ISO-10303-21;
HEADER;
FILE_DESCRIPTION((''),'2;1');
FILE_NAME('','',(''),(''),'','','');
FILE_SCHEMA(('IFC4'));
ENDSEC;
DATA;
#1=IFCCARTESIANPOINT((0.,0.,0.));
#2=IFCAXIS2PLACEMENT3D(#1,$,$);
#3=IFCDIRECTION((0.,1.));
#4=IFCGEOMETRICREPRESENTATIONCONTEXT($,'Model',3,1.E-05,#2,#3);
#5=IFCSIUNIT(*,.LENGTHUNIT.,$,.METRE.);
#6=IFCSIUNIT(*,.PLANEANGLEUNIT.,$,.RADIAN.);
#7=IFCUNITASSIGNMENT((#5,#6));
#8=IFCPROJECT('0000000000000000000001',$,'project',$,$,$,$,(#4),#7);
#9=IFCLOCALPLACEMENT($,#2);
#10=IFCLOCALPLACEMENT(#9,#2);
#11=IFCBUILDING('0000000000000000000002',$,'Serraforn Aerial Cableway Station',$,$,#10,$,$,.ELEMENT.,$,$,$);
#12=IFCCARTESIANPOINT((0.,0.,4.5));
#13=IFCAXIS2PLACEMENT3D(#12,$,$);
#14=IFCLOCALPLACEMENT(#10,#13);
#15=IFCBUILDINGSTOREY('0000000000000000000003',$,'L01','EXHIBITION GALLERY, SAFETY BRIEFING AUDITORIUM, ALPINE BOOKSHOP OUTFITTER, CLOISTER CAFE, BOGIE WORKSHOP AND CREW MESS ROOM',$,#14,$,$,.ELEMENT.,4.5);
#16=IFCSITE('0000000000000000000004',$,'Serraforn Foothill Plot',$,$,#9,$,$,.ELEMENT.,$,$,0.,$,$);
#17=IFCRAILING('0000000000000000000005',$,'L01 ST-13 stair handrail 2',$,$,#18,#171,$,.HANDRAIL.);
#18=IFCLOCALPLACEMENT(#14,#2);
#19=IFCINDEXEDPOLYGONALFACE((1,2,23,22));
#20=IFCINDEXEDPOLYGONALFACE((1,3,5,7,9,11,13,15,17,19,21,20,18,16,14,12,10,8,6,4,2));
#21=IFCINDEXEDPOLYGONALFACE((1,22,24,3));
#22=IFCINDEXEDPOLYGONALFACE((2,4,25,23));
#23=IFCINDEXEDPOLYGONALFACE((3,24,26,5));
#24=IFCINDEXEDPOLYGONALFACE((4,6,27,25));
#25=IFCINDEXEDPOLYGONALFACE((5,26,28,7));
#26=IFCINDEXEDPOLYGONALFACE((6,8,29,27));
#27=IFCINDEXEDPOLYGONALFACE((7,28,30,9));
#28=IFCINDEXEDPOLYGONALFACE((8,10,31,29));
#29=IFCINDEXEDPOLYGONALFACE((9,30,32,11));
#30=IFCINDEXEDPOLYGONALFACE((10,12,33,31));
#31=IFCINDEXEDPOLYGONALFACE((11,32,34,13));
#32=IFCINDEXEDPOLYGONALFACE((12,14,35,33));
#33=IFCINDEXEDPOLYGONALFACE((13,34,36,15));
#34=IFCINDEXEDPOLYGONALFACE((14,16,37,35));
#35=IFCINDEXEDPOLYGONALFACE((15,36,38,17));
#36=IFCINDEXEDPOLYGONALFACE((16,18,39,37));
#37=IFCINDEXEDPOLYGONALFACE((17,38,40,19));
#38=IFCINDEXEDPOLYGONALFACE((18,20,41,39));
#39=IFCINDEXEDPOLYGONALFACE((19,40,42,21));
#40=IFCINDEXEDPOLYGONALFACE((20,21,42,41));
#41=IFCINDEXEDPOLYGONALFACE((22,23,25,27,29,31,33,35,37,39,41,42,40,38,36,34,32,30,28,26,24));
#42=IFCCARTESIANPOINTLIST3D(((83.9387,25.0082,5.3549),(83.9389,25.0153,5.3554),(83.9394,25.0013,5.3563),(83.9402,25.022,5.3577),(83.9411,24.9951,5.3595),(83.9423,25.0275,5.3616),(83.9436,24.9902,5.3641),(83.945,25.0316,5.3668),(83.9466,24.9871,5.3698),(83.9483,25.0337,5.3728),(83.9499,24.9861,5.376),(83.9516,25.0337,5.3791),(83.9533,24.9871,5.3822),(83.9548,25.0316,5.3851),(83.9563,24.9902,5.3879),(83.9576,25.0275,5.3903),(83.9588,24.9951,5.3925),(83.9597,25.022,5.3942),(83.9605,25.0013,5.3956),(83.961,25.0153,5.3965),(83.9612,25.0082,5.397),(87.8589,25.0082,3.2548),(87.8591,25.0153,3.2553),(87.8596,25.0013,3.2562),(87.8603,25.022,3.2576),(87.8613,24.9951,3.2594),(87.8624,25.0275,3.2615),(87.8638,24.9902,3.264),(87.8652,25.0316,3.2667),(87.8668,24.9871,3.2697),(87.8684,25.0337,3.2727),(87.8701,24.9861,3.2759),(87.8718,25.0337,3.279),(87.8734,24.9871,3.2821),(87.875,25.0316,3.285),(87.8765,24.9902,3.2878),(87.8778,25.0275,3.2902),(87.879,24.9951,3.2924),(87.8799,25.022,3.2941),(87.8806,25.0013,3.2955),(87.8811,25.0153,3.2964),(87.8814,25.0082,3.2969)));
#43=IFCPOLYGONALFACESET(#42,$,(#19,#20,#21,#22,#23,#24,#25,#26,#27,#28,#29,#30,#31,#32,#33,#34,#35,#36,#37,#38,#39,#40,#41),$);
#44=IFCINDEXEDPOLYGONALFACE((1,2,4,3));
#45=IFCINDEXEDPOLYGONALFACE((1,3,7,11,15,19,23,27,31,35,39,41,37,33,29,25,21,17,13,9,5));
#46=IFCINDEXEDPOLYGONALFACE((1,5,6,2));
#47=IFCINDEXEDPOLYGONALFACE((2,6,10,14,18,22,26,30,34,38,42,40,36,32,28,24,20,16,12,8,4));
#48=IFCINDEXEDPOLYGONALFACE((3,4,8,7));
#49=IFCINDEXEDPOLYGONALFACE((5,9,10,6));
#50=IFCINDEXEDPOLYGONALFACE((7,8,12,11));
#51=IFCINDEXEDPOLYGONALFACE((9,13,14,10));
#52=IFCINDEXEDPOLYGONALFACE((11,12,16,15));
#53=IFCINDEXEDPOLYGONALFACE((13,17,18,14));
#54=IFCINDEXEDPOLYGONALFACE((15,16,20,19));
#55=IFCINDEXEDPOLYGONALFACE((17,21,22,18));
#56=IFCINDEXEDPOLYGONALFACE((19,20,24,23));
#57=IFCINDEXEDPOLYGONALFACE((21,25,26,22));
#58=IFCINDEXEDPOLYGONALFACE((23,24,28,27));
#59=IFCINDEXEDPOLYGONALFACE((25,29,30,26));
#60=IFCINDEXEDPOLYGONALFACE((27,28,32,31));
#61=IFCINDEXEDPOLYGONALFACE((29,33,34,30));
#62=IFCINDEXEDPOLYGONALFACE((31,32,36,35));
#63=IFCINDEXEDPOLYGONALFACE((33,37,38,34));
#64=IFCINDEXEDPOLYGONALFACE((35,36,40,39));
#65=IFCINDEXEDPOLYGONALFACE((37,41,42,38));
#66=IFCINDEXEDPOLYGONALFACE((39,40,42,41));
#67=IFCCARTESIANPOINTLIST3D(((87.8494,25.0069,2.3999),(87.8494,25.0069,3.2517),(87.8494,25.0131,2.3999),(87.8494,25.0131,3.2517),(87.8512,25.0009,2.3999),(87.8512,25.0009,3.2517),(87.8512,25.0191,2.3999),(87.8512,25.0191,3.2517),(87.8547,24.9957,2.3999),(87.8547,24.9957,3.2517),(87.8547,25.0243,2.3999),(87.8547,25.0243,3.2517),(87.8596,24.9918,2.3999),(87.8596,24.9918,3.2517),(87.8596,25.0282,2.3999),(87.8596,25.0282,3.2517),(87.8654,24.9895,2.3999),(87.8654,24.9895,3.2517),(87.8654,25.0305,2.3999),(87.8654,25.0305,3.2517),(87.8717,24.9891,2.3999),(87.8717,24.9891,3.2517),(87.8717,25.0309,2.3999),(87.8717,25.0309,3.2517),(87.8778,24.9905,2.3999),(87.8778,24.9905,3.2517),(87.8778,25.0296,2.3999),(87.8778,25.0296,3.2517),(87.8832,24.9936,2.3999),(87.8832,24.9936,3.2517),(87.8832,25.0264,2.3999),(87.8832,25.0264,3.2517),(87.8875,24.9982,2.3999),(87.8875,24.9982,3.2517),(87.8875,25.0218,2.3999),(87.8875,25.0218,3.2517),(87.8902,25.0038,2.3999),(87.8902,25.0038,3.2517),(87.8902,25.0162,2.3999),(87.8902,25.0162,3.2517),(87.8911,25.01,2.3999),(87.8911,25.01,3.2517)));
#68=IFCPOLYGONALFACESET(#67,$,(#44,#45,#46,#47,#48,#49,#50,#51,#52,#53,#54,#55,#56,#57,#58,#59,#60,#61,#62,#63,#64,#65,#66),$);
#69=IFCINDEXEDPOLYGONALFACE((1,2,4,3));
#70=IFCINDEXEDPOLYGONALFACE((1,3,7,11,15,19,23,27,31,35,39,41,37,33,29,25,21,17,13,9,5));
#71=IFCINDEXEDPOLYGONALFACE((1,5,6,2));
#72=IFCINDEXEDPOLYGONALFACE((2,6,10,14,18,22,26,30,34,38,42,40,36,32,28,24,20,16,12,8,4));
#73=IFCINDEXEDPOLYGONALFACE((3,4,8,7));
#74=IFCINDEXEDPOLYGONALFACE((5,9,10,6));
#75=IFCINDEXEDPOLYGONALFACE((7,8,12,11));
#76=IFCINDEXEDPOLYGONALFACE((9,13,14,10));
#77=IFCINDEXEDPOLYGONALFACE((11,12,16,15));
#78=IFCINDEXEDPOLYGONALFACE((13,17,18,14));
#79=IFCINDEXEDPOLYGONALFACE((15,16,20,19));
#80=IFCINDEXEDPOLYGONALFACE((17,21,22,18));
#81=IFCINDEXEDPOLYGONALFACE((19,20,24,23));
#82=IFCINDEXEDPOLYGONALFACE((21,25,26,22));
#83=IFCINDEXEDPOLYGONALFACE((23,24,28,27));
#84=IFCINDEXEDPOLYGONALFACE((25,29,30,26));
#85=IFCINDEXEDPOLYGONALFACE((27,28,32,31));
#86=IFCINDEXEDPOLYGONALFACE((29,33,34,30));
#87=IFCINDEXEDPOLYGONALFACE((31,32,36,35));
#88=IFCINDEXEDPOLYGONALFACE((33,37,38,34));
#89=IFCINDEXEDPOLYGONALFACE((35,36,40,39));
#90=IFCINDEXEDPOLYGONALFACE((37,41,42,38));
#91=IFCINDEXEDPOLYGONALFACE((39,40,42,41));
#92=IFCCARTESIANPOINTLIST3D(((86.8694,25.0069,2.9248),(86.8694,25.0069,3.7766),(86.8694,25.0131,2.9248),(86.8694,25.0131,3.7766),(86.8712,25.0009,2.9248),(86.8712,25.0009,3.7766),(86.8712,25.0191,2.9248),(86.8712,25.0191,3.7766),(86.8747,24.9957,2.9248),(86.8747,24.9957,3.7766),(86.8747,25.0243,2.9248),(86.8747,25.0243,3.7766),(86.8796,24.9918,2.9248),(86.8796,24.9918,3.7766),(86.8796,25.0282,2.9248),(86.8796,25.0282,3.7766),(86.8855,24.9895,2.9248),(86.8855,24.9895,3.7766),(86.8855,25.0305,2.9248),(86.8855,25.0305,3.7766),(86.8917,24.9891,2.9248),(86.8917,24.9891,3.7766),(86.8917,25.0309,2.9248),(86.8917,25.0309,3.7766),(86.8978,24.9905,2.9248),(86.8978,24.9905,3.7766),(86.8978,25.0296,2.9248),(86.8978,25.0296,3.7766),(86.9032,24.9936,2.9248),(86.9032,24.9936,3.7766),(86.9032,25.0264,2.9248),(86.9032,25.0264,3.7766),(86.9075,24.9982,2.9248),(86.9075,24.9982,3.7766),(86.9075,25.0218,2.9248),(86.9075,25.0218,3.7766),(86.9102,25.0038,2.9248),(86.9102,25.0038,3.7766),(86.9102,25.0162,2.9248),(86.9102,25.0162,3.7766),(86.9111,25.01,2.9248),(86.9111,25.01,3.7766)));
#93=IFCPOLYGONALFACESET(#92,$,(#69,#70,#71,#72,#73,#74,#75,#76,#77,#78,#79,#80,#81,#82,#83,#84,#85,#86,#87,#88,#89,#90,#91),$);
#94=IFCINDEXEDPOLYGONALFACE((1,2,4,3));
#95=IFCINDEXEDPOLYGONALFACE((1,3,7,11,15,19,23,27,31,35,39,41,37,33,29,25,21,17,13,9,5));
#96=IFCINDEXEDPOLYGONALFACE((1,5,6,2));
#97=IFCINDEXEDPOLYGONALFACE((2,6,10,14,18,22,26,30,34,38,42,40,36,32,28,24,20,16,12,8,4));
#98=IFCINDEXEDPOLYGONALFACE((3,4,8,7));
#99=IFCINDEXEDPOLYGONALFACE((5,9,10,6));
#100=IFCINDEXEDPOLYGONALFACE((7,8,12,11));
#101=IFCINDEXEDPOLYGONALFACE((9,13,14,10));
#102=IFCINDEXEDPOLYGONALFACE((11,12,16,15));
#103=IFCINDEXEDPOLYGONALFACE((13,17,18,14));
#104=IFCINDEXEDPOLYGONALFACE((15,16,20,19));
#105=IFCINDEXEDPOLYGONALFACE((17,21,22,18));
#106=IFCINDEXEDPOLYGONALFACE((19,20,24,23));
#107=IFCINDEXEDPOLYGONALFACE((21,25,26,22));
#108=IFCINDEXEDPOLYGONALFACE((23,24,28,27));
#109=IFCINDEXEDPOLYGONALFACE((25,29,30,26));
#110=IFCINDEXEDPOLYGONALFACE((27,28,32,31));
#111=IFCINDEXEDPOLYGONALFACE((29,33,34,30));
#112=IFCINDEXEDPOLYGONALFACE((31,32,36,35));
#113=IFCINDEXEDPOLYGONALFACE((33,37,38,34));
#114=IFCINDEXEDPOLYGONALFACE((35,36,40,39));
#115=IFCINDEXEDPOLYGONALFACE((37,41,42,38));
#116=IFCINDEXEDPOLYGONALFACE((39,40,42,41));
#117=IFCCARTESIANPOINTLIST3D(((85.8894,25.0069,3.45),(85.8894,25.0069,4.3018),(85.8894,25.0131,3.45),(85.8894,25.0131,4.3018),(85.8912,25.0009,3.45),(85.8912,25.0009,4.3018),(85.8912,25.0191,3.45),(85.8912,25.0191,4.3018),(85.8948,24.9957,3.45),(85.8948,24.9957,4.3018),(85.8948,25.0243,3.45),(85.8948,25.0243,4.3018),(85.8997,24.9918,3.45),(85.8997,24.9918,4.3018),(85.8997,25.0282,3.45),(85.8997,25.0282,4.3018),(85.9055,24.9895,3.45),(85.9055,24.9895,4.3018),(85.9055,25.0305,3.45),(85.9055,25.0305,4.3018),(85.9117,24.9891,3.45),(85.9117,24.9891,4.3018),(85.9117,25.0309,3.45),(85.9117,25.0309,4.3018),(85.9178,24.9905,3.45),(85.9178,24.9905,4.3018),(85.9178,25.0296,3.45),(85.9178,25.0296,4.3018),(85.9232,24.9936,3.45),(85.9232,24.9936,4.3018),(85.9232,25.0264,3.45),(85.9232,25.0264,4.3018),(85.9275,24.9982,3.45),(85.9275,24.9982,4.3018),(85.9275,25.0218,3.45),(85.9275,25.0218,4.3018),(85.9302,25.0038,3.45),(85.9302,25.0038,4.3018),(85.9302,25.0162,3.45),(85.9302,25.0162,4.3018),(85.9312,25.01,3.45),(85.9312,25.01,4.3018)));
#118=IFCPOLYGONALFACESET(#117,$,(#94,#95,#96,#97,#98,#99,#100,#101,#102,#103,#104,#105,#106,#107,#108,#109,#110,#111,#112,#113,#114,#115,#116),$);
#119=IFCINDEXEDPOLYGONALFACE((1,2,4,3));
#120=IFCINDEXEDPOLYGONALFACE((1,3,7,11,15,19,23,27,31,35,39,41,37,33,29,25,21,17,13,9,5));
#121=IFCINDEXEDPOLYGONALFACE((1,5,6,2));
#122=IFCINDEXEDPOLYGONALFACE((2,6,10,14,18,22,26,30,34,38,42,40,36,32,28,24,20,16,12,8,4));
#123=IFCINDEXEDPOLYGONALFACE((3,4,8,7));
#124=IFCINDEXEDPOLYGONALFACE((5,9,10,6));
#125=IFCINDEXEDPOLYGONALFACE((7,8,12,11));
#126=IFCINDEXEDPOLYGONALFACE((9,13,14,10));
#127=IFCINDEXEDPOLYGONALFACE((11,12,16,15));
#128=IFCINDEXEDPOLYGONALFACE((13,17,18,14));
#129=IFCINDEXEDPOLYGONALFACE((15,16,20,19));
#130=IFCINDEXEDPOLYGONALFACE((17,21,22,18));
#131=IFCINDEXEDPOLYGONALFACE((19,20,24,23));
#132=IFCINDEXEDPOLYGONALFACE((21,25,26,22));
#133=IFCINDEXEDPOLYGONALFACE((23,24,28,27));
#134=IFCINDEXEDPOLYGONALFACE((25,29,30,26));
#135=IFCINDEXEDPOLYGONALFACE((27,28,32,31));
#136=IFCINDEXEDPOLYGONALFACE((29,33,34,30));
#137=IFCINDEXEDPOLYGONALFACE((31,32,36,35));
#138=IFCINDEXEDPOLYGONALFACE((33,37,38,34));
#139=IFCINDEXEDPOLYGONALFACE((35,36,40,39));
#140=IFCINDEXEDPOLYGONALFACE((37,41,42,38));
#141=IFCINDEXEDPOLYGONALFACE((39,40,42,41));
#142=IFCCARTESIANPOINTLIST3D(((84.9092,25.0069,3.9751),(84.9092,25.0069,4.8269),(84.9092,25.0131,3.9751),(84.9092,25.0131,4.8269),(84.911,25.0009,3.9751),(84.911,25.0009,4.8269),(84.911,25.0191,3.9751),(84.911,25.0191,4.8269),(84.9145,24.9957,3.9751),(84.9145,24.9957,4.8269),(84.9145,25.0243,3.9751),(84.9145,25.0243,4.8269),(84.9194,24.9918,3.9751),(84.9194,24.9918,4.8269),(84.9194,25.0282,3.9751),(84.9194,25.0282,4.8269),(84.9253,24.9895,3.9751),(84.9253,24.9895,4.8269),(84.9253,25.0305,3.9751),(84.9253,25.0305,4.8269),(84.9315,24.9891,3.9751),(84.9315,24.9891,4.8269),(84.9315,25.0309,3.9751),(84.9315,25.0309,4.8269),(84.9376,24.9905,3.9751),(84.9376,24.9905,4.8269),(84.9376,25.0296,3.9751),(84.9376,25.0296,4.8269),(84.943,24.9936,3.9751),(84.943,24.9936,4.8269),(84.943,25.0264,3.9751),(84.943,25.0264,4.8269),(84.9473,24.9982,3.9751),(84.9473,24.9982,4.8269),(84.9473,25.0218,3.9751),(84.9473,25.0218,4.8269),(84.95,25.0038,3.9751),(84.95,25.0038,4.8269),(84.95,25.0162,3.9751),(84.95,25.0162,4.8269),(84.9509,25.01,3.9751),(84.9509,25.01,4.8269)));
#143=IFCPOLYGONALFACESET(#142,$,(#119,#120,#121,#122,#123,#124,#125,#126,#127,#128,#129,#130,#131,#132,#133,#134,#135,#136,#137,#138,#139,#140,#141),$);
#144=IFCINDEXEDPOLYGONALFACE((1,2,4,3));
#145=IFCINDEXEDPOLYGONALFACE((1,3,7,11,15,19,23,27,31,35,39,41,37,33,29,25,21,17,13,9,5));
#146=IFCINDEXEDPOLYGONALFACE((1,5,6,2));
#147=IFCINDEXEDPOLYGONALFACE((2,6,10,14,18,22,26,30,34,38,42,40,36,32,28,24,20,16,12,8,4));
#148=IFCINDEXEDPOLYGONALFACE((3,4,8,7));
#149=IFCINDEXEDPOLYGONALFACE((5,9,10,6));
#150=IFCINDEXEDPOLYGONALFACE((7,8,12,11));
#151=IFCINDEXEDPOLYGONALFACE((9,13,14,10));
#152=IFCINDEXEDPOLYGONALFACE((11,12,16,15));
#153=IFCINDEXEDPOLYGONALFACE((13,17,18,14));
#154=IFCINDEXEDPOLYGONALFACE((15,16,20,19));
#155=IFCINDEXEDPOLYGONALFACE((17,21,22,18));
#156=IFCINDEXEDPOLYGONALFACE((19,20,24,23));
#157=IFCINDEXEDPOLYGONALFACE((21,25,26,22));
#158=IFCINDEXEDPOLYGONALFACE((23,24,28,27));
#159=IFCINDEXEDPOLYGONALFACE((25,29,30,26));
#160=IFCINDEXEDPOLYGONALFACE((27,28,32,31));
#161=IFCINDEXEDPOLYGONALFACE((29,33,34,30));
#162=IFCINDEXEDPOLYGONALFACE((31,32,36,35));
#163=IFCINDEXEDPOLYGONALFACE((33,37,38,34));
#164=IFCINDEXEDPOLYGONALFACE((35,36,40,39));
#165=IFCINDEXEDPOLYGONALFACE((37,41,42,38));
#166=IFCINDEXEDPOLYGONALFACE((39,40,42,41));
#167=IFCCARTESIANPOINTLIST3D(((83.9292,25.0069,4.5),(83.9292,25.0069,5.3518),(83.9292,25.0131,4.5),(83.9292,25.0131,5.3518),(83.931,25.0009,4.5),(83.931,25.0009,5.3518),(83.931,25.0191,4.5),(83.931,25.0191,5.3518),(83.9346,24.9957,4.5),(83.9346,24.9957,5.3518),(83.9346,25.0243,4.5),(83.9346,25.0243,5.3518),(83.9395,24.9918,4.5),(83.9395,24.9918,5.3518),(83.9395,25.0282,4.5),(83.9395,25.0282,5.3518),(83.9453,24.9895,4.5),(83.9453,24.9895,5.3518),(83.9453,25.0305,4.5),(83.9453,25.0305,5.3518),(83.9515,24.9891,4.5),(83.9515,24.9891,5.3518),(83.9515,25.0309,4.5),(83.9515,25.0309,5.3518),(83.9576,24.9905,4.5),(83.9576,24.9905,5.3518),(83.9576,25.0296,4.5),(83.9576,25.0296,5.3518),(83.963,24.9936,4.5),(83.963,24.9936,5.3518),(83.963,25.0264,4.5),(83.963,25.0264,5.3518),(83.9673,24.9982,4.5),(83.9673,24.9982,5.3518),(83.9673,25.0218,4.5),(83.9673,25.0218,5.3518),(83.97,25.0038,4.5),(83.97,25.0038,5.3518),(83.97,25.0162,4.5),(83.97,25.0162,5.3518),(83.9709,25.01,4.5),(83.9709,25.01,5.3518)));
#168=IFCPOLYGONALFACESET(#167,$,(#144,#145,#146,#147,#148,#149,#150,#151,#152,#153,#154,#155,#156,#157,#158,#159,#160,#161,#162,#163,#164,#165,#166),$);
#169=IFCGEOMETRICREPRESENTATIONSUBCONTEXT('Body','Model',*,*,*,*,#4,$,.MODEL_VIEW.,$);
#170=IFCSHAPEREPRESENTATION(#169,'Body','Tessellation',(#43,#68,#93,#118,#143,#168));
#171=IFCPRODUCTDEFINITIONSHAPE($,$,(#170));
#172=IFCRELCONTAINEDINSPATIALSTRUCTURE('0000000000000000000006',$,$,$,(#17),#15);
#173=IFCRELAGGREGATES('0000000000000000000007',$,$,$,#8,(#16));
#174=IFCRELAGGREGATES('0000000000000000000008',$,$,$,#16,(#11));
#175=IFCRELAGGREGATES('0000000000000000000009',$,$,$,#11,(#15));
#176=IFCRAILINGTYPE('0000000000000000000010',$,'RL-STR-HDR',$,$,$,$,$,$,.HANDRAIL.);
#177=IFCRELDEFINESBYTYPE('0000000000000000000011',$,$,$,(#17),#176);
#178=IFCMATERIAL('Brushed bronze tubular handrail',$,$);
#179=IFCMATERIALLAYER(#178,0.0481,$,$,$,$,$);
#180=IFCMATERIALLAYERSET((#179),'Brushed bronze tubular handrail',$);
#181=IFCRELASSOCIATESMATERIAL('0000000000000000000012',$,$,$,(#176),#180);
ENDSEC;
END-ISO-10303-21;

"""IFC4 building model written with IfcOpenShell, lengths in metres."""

from ifc_helpers import new_model, si_unit, direction, frame, origin, origin_2d, place, context, subcontext, project, spatial, circle, extrude, material, layer, layer_set, type_object, element, save


model = new_model("IFC4")

# Units and contexts
model_context = context("Model", 3, precision=1e-05, world=origin(), true_north=direction((0.0, 1.0)))
body_context = subcontext(model_context, "Body", "Model", "MODEL_VIEW")
ifc_project = project(units=[si_unit("LENGTHUNIT", "METRE"), si_unit("PLANEANGLEUNIT", "RADIAN")], contexts=[model_context])

# Site, building, storey
site_placement = place(None, origin())
site = spatial("IfcSite", under=ifc_project, at=site_placement, Name="Serraforn Foothill Plot", CompositionType="ELEMENT", RefElevation=0.0)
building_placement = place(site_placement, origin())
building = spatial("IfcBuilding", under=site, at=building_placement, Name="Serraforn Aerial Cableway Station", CompositionType="ELEMENT")
storey_placement = place(building_placement, frame((0.0, 0.0, 4.5)))
storey = spatial("IfcBuildingStorey", under=building, at=storey_placement, Name="L01", Description="EXHIBITION GALLERY, SAFETY BRIEFING AUDITORIUM, ALPINE BOOKSHOP OUTFITTER, CLOISTER CAFE, BOGIE WORKSHOP AND CREW MESS ROOM", CompositionType="ELEMENT", Elevation=4.5)

# Railing
ifc_material_1 = material(Name="Brushed bronze tubular handrail")
ifc_layer_1 = layer(ifc_material_1, 0.0481)
ifc_layer_set_1 = layer_set([ifc_layer_1], Name="Brushed bronze tubular handrail")
railing_type_1 = type_object("IfcRailingType", Name="RL-STR-HDR", PredefinedType="HANDRAIL", material=ifc_layer_set_1)
railing_1_placement = place(storey_placement, frame((87.8701, 25.01, 2.3999)))
element("IfcRailing", 1, at=railing_1_placement, inside=storey, type_object=railing_type_1, Name="L01 ST-13 stair handrail 2", PredefinedType="HANDRAIL", context=body_context, shape_type="SweptSolid", body=[
    extrude(circle(Radius=0.0239, at=origin_2d()), frame((0.0, 0.0, 0.876), z_axis=(-0.881479, 0.0, 0.472223), x_axis=(0.0, -1.0, 0.0)), (0.0, 0.0, 1.0), 4.4473),
    extrude(circle(Radius=0.021, at=origin_2d()), origin(), (0.0, 0.0, 1.0), 0.8518),
    extrude(circle(Radius=0.021, at=origin_2d()), frame((-0.98, 0.0, 0.5249)), (0.0, 0.0, 1.0), 0.8518),
    extrude(circle(Radius=0.021, at=origin_2d()), frame((-1.96, 0.0, 1.05)), (0.0, 0.0, 1.0), 0.8518),
    extrude(circle(Radius=0.021, at=origin_2d()), frame((-2.9402, 0.0, 1.5752)), (0.0, 0.0, 1.0), 0.8518),
    extrude(circle(Radius=0.021, at=origin_2d()), frame((-3.9202, 0.0, 2.1001)), (0.0, 0.0, 1.0), 0.8518),
])

save(model, "model.ifc")
